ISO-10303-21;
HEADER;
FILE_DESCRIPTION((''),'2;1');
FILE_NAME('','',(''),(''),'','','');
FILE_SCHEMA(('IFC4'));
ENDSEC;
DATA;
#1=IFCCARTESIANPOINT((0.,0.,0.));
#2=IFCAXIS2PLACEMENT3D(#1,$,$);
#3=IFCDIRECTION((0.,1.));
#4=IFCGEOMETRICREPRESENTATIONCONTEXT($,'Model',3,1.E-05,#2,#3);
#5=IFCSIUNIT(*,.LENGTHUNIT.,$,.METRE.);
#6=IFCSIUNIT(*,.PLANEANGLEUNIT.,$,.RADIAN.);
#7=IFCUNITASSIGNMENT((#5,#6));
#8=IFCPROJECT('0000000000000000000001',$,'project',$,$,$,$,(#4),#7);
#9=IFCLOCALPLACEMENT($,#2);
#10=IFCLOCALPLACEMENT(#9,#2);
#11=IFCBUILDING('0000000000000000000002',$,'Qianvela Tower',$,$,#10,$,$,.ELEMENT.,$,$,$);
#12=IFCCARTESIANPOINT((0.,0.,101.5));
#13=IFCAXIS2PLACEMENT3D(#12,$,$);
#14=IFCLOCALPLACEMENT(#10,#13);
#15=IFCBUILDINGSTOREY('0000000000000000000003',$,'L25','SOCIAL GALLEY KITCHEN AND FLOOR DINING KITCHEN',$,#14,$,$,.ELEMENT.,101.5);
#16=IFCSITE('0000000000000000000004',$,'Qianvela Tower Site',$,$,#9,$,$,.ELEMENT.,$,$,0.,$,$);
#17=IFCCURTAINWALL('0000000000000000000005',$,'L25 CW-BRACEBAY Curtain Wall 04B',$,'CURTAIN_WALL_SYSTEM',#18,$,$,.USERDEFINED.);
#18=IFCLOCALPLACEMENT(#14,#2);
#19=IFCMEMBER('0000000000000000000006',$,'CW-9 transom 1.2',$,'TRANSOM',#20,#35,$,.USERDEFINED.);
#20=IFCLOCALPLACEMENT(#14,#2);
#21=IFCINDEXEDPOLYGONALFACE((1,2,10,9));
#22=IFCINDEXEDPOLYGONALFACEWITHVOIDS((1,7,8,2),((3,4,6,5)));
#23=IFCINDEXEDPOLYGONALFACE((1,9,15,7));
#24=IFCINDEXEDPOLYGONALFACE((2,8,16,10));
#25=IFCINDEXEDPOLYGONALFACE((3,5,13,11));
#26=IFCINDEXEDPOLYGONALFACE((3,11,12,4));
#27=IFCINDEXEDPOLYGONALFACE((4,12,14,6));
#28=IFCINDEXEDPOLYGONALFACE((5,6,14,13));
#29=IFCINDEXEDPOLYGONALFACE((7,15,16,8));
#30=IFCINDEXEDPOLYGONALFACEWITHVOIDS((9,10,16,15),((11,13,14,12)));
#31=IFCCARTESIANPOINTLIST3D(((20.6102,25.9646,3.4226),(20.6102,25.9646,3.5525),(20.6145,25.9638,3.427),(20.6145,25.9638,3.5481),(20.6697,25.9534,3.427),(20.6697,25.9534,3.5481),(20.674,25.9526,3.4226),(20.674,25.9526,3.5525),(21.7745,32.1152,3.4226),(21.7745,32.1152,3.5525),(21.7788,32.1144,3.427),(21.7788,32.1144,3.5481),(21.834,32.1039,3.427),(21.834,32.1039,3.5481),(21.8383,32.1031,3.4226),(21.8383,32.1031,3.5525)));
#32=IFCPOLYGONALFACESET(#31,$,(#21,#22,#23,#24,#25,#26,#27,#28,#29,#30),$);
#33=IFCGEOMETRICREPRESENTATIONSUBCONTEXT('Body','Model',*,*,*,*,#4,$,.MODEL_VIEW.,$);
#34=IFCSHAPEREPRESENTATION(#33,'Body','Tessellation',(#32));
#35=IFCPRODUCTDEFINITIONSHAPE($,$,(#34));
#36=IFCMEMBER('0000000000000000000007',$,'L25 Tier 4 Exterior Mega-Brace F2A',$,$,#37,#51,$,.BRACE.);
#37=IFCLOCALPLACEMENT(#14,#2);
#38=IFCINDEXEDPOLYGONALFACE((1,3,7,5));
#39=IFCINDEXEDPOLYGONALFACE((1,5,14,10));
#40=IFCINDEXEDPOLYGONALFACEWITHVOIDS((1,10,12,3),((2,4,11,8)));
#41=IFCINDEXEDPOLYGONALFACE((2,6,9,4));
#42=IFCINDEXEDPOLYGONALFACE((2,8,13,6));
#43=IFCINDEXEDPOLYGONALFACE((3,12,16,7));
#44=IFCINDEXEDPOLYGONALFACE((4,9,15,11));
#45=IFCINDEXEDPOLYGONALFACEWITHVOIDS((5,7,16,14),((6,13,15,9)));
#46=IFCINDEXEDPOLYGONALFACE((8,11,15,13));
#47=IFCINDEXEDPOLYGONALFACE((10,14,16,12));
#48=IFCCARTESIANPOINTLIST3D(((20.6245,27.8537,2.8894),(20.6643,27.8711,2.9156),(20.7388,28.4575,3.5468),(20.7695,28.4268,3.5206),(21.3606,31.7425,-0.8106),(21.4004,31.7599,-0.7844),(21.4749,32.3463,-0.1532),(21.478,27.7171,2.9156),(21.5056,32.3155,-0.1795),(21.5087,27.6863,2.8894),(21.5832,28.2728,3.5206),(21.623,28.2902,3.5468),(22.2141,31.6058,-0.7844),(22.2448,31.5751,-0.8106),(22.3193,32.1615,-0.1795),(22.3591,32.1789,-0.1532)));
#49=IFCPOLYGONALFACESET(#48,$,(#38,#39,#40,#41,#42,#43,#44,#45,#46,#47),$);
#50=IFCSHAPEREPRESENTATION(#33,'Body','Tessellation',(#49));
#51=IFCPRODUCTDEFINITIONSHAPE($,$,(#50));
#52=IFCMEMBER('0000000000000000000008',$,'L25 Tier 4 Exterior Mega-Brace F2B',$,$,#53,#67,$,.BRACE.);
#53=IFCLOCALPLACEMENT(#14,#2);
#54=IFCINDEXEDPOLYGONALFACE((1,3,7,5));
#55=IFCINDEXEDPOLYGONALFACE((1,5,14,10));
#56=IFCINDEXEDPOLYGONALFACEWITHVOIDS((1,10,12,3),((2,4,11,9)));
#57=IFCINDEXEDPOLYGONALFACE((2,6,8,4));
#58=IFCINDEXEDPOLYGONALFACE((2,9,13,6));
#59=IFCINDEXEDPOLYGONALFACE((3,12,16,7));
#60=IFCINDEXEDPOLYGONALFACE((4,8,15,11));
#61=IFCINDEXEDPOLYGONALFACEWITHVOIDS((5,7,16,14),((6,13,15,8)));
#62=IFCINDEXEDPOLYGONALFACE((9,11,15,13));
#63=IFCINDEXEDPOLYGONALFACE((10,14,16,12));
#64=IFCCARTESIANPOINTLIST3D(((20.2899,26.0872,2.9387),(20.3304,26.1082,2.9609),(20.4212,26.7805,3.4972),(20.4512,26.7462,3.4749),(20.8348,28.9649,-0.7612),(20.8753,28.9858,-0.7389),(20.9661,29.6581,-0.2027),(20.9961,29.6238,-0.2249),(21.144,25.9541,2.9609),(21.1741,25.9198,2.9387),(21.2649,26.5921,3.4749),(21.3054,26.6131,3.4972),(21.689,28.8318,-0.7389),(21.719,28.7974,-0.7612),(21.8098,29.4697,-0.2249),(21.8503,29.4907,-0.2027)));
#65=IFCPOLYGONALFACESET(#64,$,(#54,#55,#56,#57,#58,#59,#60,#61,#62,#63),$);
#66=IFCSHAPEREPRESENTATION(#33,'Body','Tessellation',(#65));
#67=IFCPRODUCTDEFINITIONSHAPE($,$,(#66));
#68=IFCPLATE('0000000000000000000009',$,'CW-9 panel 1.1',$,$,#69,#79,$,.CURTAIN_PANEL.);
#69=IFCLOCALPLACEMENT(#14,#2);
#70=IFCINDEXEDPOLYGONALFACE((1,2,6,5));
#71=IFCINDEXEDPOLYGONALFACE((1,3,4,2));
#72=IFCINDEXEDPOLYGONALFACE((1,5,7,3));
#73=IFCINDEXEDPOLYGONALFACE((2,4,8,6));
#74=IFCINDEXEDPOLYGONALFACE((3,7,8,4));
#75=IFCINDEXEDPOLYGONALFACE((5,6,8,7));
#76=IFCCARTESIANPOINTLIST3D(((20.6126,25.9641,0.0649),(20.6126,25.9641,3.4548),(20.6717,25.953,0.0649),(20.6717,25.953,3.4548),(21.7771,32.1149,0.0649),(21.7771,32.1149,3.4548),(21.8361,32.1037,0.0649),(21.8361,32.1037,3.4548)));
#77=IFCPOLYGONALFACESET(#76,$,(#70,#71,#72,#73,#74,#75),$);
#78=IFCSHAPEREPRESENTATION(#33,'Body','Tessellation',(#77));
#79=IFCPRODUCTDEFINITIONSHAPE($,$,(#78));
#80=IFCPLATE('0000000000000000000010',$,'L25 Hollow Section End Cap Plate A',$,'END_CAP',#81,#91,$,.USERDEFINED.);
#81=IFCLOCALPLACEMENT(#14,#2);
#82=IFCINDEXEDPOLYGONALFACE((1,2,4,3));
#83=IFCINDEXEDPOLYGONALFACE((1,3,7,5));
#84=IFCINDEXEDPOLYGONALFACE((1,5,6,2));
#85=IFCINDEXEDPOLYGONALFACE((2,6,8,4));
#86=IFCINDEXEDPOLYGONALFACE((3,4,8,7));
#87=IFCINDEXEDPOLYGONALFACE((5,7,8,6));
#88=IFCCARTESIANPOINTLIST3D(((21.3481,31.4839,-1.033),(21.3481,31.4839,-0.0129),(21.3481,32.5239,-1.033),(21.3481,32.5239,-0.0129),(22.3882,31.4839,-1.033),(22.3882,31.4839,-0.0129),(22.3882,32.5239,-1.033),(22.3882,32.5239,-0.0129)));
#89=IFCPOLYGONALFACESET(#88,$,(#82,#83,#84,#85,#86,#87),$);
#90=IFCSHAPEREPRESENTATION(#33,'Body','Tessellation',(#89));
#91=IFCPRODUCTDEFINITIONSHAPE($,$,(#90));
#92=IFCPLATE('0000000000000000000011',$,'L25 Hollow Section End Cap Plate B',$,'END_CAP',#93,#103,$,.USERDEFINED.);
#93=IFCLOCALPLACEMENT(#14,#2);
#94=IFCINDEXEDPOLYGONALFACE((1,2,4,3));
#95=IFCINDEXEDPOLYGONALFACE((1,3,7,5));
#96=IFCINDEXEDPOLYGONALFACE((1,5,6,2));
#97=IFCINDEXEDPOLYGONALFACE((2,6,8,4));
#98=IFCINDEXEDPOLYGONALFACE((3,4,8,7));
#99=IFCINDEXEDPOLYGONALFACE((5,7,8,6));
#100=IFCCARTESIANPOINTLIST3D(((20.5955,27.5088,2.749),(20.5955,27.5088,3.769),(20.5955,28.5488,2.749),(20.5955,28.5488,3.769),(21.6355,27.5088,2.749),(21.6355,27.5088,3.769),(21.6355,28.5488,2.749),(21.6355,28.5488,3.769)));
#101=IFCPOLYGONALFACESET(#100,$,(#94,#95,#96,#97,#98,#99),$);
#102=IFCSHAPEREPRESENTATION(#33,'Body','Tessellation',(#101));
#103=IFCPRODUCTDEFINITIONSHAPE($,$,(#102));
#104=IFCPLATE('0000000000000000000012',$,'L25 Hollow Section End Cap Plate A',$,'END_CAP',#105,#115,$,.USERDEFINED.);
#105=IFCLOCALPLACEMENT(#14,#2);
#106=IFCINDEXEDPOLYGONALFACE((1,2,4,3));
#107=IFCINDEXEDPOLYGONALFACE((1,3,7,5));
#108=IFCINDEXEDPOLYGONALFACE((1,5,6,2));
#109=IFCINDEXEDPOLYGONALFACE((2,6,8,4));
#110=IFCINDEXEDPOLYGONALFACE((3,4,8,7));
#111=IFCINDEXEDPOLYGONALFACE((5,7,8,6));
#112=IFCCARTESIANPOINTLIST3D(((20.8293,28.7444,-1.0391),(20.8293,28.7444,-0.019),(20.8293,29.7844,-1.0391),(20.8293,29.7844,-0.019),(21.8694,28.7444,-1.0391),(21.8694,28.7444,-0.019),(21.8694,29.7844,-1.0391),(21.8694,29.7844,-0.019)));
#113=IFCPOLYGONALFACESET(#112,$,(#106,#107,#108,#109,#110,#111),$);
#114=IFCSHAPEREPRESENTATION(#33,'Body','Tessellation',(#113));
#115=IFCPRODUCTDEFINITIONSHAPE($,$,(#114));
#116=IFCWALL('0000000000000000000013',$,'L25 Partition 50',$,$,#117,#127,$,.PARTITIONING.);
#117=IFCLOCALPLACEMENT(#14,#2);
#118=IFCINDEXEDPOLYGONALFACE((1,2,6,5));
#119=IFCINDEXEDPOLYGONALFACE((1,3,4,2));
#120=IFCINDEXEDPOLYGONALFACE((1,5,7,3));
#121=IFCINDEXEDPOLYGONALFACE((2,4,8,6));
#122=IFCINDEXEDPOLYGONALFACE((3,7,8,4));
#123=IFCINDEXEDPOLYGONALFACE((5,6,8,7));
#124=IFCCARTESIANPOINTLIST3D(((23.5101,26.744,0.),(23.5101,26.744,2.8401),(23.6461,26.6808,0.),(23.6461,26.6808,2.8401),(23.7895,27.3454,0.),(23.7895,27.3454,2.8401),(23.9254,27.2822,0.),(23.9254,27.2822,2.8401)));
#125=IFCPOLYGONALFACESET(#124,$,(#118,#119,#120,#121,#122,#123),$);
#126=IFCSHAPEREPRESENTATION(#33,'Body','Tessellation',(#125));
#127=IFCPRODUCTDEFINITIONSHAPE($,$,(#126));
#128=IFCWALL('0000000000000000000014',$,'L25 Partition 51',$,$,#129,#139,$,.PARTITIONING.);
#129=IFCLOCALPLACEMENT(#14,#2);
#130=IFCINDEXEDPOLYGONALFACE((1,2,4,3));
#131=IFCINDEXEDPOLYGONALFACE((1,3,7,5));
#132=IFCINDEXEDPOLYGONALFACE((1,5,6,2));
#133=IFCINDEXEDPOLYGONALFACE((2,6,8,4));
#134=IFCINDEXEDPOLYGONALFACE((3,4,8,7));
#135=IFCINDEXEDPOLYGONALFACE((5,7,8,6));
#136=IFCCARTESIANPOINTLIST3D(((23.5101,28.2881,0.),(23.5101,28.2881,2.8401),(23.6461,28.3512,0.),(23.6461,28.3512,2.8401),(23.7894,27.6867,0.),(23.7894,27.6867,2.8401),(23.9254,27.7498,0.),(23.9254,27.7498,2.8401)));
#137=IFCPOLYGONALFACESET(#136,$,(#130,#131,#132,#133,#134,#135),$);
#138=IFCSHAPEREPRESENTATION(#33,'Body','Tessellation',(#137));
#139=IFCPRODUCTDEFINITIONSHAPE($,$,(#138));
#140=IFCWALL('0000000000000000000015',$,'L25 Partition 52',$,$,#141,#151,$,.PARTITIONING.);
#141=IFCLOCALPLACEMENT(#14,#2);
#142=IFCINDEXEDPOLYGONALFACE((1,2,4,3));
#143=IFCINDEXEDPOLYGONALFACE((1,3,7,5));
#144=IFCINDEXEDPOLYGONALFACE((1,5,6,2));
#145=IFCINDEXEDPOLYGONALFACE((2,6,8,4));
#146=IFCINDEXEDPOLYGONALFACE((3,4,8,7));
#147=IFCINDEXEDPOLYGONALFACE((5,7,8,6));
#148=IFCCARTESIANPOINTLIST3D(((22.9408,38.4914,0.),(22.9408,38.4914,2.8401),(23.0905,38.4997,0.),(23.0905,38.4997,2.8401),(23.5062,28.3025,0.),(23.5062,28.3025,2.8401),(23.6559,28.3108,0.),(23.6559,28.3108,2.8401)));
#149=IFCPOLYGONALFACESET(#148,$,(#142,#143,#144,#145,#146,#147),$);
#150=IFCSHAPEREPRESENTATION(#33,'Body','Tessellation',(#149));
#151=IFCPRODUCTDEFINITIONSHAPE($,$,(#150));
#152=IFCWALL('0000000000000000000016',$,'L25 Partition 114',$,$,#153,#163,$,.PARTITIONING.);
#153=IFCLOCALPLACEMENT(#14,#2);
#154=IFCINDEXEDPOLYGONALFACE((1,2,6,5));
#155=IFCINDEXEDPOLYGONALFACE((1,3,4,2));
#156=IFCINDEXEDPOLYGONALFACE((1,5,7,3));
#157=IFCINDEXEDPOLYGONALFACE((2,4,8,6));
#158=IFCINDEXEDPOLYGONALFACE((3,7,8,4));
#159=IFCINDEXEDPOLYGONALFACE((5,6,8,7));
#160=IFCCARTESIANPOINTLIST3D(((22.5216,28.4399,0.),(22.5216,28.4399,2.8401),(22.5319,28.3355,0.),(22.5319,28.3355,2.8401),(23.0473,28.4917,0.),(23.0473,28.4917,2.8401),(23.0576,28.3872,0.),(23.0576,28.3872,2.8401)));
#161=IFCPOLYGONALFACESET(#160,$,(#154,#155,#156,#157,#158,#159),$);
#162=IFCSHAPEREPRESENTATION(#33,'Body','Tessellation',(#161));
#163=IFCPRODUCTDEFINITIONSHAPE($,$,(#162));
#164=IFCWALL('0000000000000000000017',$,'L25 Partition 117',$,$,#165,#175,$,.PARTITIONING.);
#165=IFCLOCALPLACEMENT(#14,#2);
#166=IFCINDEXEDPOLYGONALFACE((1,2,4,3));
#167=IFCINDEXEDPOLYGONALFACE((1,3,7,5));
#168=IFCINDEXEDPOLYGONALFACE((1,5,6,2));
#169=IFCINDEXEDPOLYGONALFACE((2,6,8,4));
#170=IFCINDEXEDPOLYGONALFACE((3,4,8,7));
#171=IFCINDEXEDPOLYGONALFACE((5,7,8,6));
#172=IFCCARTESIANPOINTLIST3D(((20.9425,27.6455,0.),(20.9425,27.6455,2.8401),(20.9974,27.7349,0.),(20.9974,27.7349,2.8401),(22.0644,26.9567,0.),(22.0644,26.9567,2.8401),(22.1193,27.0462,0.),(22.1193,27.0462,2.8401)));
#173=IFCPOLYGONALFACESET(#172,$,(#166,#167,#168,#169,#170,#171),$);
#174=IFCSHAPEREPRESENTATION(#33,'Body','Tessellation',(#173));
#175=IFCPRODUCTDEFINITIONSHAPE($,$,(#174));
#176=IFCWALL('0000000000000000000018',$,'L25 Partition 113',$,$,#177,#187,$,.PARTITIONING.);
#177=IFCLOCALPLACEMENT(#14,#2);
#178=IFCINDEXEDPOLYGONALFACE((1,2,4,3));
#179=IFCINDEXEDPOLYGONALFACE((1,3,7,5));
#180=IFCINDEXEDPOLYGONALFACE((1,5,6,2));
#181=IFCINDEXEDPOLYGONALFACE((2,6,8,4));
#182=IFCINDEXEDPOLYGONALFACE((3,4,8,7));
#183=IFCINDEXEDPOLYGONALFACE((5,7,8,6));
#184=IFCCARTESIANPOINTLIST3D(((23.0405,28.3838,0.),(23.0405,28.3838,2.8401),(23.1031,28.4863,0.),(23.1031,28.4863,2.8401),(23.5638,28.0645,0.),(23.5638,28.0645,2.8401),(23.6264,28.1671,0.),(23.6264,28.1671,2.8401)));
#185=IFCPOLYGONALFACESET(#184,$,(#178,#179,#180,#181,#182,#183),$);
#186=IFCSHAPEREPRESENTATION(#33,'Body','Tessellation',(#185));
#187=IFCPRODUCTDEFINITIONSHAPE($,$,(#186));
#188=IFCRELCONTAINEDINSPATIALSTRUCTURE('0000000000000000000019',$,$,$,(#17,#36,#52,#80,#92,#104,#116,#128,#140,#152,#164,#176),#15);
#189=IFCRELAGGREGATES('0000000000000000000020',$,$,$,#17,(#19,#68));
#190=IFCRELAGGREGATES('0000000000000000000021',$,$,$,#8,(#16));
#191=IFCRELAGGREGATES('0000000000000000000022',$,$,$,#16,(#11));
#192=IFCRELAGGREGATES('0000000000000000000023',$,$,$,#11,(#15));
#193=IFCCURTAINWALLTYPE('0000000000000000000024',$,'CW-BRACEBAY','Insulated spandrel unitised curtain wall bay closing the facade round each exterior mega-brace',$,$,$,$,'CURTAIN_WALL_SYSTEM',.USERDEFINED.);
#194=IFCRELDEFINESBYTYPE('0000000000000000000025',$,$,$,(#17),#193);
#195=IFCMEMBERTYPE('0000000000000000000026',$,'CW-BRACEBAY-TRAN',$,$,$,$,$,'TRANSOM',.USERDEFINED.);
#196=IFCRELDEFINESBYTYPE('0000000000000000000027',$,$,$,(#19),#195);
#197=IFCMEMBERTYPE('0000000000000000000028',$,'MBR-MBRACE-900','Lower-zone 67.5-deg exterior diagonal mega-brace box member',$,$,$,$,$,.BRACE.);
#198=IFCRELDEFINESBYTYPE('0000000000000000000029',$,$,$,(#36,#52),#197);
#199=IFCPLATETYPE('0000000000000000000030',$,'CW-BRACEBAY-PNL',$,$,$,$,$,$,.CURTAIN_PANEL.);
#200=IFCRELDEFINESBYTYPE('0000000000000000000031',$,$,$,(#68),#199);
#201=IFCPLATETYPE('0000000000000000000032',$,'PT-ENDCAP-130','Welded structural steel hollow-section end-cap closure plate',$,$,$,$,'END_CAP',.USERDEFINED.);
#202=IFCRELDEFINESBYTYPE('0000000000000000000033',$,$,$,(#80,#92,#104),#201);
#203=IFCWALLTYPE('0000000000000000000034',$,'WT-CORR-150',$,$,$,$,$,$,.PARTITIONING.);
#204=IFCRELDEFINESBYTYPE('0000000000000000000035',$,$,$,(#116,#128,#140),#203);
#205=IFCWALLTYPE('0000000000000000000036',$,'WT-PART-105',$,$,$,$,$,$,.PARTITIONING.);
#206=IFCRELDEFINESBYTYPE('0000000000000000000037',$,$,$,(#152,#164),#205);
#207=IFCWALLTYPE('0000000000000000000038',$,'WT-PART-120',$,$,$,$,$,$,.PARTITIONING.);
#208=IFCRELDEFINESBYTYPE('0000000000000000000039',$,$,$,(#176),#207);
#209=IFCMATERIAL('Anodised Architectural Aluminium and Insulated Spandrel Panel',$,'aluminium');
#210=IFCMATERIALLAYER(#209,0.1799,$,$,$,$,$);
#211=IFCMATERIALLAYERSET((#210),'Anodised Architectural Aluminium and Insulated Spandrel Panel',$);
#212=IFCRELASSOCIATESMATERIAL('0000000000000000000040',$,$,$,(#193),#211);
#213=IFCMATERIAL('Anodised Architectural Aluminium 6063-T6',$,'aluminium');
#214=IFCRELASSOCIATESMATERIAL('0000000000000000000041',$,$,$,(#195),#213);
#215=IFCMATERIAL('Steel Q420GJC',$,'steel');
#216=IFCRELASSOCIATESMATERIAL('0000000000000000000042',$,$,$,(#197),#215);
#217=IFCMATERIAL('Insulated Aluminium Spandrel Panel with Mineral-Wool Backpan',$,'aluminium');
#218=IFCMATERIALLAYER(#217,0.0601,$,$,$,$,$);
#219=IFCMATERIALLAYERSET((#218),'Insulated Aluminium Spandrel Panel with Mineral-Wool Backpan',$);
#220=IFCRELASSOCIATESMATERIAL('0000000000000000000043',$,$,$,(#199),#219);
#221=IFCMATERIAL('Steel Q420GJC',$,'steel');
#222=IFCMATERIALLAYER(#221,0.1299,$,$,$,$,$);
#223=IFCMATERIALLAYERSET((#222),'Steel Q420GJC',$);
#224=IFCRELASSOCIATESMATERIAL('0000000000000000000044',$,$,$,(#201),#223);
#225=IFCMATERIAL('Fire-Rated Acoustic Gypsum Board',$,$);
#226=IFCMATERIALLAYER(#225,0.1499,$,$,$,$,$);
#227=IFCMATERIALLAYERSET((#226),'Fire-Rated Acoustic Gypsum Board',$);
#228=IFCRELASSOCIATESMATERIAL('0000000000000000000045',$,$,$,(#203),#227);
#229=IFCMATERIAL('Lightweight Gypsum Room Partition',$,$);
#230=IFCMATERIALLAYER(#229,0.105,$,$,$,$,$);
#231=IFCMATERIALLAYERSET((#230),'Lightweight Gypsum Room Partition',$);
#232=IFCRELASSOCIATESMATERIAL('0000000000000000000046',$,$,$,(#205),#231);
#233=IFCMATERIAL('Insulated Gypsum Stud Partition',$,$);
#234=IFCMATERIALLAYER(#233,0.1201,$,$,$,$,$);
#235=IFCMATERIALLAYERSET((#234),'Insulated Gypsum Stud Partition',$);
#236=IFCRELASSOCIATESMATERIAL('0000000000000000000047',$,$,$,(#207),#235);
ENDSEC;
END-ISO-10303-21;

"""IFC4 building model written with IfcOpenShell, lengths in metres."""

from ifc_helpers import new_model, si_unit, direction, frame, frame_2d, origin, origin_2d, place, context, subcontext, project, spatial, rectangle, hollow_rectangle, extrude, material, layer, layer_set, material_profile, profile_set, type_object, element, aggregate, save


model = new_model("IFC4")

# Units and contexts
model_context = context("Model", 3, precision=1e-05, world=origin(), true_north=direction((0.0, 1.0)))
body_context = subcontext(model_context, "Body", "Model", "MODEL_VIEW")
ifc_project = project(units=[si_unit("LENGTHUNIT", "METRE"), si_unit("PLANEANGLEUNIT", "RADIAN")], contexts=[model_context])

# Site, building, storey
site_placement = place(None, origin())
site = spatial("IfcSite", under=ifc_project, at=site_placement, Name="Qianvela Tower Site", CompositionType="ELEMENT", RefElevation=0.0)
building_placement = place(site_placement, origin())
building = spatial("IfcBuilding", under=site, at=building_placement, Name="Qianvela Tower", CompositionType="ELEMENT")
storey_placement = place(building_placement, frame((0.0, 0.0, 101.5)))
storey = spatial("IfcBuildingStorey", under=building, at=storey_placement, Name="L25", Description="SOCIAL GALLEY KITCHEN AND FLOOR DINING KITCHEN", CompositionType="ELEMENT", Elevation=101.5)

# Curtain wall, member
ifc_material_1 = material(Name="Anodised Architectural Aluminium and Insulated Spandrel Panel", Category="aluminium")
ifc_layer_1 = layer(ifc_material_1, 0.1799)
ifc_layer_set_1 = layer_set([ifc_layer_1], Name="Anodised Architectural Aluminium and Insulated Spandrel Panel")
curtain_wall_type = type_object("IfcCurtainWallType", Name="CW-BRACEBAY", Description="Insulated spandrel unitised curtain wall bay closing the facade round each exterior mega-brace", ElementType="CURTAIN_WALL_SYSTEM", PredefinedType="USERDEFINED", material=ifc_layer_set_1)
curtain_wall_placement = place(storey_placement, origin())
curtain_wall = element("IfcCurtainWall", 1, at=curtain_wall_placement, inside=storey, type_object=curtain_wall_type, Name="L25 CW-BRACEBAY Curtain Wall 04B", ObjectType="CURTAIN_WALL_SYSTEM", PredefinedType="USERDEFINED")
ifc_material_2 = material(Name="Anodised Architectural Aluminium 6063-T6", Category="aluminium")
ifc_material_profile_1 = material_profile(ifc_material_2, hollow_rectangle(XDim=0.0649, YDim=0.1299, WallThickness=0.0044, at=origin_2d()), Name="ALU-TRAN-65x130")
ifc_profile_set_1 = profile_set([ifc_material_profile_1], Name="Anodised Architectural Aluminium 6063-T6")
member_type_1 = type_object("IfcMemberType", Name="CW-BRACEBAY-TRAN", ElementType="TRANSOM", PredefinedType="USERDEFINED", material=ifc_profile_set_1)
member_1_placement = place(storey_placement, frame((21.8064, 32.1091, 3.4875), z_axis=(-0.185995, -0.982551, 0.0), x_axis=(0.982551, -0.185995, 0.0)))
member_1 = element("IfcMember", 2, at=member_1_placement, type_object=member_type_1, Name="CW-9 transom 1.2", ObjectType="TRANSOM", PredefinedType="USERDEFINED", context=body_context, shape_type="SweptSolid", body=[
    extrude(hollow_rectangle(XDim=0.0649, YDim=0.1299, WallThickness=0.0044, at=origin_2d()), origin(), (0.0, 0.0, 1.0), 6.2598),
])

# Members
ifc_material_3 = material(Name="Steel Q420GJC", Category="steel")
ifc_material_profile_2 = material_profile(ifc_material_3, hollow_rectangle(XDim=0.8999, YDim=0.8999, WallThickness=0.0359, at=origin_2d()), Name="MBOX-900x900x36")
ifc_profile_set_2 = profile_set([ifc_material_profile_2], Name="Steel Q420GJC")
member_type_2 = type_object("IfcMemberType", Name="MBR-MBRACE-900", Description="Lower-zone 67.5-deg exterior diagonal mega-brace box member", PredefinedType="BRACE", material=ifc_profile_set_2)
member_2_placement = place(storey_placement, frame((21.8599, 31.9607, -0.4819), z_axis=(-0.135862, -0.71775, 0.682917), x_axis=(0.982552, -0.185987, 0.0)))
element("IfcMember", 3, at=member_2_placement, inside=storey, type_object=member_type_2, Name="L25 Tier 4 Exterior Mega-Brace F2A", PredefinedType="BRACE", context=body_context, shape_type="SweptSolid", body=[
    extrude(hollow_rectangle(XDim=0.8999, YDim=0.8999, WallThickness=0.0359, at=origin_2d()), origin(), (0.0, 0.0, 1.0), 5.418),
])
member_3_placement = place(storey_placement, frame((21.3425, 29.2278, -0.4819), z_axis=(-0.115477, -0.609826, 0.784077), x_axis=(0.982539, -0.186055, 0.0)))
element("IfcMember", 4, at=member_3_placement, inside=storey, type_object=member_type_2, Name="L25 Tier 4 Exterior Mega-Brace F2B", PredefinedType="BRACE", context=body_context, shape_type="SweptSolid", body=[
    extrude(hollow_rectangle(XDim=0.8999, YDim=0.8999, WallThickness=0.0359, at=origin_2d()), origin(), (0.0, 0.0, 1.0), 4.7188),
])

# Plate
ifc_material_4 = material(Name="Insulated Aluminium Spandrel Panel with Mineral-Wool Backpan", Category="aluminium")
ifc_layer_2 = layer(ifc_material_4, 0.0601)
ifc_layer_set_2 = layer_set([ifc_layer_2], Name="Insulated Aluminium Spandrel Panel with Mineral-Wool Backpan")
plate_type_1 = type_object("IfcPlateType", Name="CW-BRACEBAY-PNL", PredefinedType="CURTAIN_PANEL", material=ifc_layer_set_2)
plate_placement = place(storey_placement, frame((21.2244, 29.0339, 0.0649), z_axis=(0.0, 0.0, 1.0), x_axis=(-0.186012, -0.982548, 0.0)))
plate = element("IfcPlate", 5, at=plate_placement, type_object=plate_type_1, Name="CW-9 panel 1.1", PredefinedType="CURTAIN_PANEL", context=body_context, shape_type="SweptSolid", body=[
    extrude(rectangle(XDim=6.26, YDim=0.0601, at=origin_2d()), origin(), (0.0, 0.0, 1.0), 3.3899),
])
aggregate(curtain_wall, [member_1, plate])

# Plates
ifc_material_5 = material(Name="Steel Q420GJC", Category="steel")
ifc_layer_3 = layer(ifc_material_5, 0.1299)
ifc_layer_set_3 = layer_set([ifc_layer_3], Name="Steel Q420GJC")
plate_type_2 = type_object("IfcPlateType", Name="PT-ENDCAP-130", Description="Welded structural steel hollow-section end-cap closure plate", ElementType="END_CAP", PredefinedType="USERDEFINED", material=ifc_layer_set_3)
for number, where, z_axis, x_axis, name in (
    (6, (21.8682, 32.0039, -1.033), (0.0, 0.0, 1.0), (1.0, 0.0, 0.0), "L25 Hollow Section End Cap Plate A"),
    (7, (21.1155, 28.0288, 2.749), (0.0, 0.0, 1.0), (1.0, 0.0, 0.0), "L25 Hollow Section End Cap Plate B"),
    (8, (21.3494, 29.2644, -1.0391), (0.0, 0.0, 1.0), (1.0, 0.0, 0.0), "L25 Hollow Section End Cap Plate A"),
):
    element("IfcPlate", number, at=place(storey_placement, frame(where, z_axis=z_axis, x_axis=x_axis)), inside=storey, type_object=plate_type_2, Name=name, ObjectType="END_CAP", PredefinedType="USERDEFINED", context=body_context, shape_type="SweptSolid", body=[
        extrude(rectangle(XDim=1.04, YDim=1.04, at=origin_2d()), origin(), (0.0, 0.0, 1.0), 1.02),
    ])

# Walls
ifc_material_6 = material(Name="Fire-Rated Acoustic Gypsum Board")
ifc_layer_4 = layer(ifc_material_6, 0.1499)
ifc_layer_set_4 = layer_set([ifc_layer_4], Name="Fire-Rated Acoustic Gypsum Board")
wall_type_1 = type_object("IfcWallType", Name="WT-CORR-150", PredefinedType="PARTITIONING", material=ifc_layer_set_4)
for number, where, z_axis, x_axis, name in (
    (9, (23.5781, 26.7124, 0.0), (0.0, 0.0, 1.0), (0.421252, 0.906944, 0.0), "L25 Partition 50"),
    (10, (23.8574, 27.7183, 0.0), (0.0, 0.0, 1.0), (-0.421252, 0.906944, 0.0), "L25 Partition 51"),
):
    element("IfcWall", number, at=place(storey_placement, frame(where, z_axis=z_axis, x_axis=x_axis)), inside=storey, type_object=wall_type_1, Name=name, PredefinedType="PARTITIONING", context=body_context, shape_type="SweptSolid", body=[
        extrude(rectangle(XDim=0.6631, YDim=0.1499, at=frame_2d((0.3315, 0.0))), origin(), (0.0, 0.0, 1.0), 2.8401),
    ])
wall_1_placement = place(storey_placement, frame((23.5811, 28.3066, 0.0), z_axis=(0.0, 0.0, 1.0), x_axis=(-0.055409, 0.998464, 0.0)))
element("IfcWall", 11, at=wall_1_placement, inside=storey, type_object=wall_type_1, Name="L25 Partition 52", PredefinedType="PARTITIONING", context=body_context, shape_type="SweptSolid", body=[
    extrude(rectangle(XDim=10.2046, YDim=0.1499, at=frame_2d((5.1023, 0.0))), origin(), (0.0, 0.0, 1.0), 2.8401),
])
ifc_material_7 = material(Name="Lightweight Gypsum Room Partition")
ifc_layer_5 = layer(ifc_material_7, 0.105)
ifc_layer_set_5 = layer_set([ifc_layer_5], Name="Lightweight Gypsum Room Partition")
wall_type_2 = type_object("IfcWallType", Name="WT-PART-105", PredefinedType="PARTITIONING", material=ifc_layer_set_5)
wall_2_placement = place(storey_placement, frame((23.0525, 28.4395, 0.0), z_axis=(0.0, 0.0, 1.0), x_axis=(-0.995192, -0.097948, 0.0)))
element("IfcWall", 12, at=wall_2_placement, inside=storey, type_object=wall_type_2, Name="L25 Partition 114", PredefinedType="PARTITIONING", context=body_context, shape_type="SweptSolid", body=[
    extrude(rectangle(XDim=0.5283, YDim=0.105, at=frame_2d((0.2642, 0.0))), origin(), (0.0, 0.0, 1.0), 2.8401),
])
wall_3_placement = place(storey_placement, frame((20.97, 27.6902, 0.0), z_axis=(0.0, 0.0, 1.0), x_axis=(0.852212, -0.523197, 0.0)))
element("IfcWall", 13, at=wall_3_placement, inside=storey, type_object=wall_type_2, Name="L25 Partition 117", PredefinedType="PARTITIONING", context=body_context, shape_type="SweptSolid", body=[
    extrude(rectangle(XDim=1.3164, YDim=0.105, at=frame_2d((0.6582, 0.0))), origin(), (0.0, 0.0, 1.0), 2.8401),
])
ifc_material_8 = material(Name="Insulated Gypsum Stud Partition")
ifc_layer_6 = layer(ifc_material_8, 0.1201)
ifc_layer_set_6 = layer_set([ifc_layer_6], Name="Insulated Gypsum Stud Partition")
wall_type_3 = type_object("IfcWallType", Name="WT-PART-120", PredefinedType="PARTITIONING", material=ifc_layer_set_6)
wall_4_placement = place(storey_placement, frame((23.5952, 28.1157, 0.0), z_axis=(0.0, 0.0, 1.0), x_axis=(-0.853675, 0.520806, 0.0)))
element("IfcWall", 14, at=wall_4_placement, inside=storey, type_object=wall_type_3, Name="L25 Partition 113", PredefinedType="PARTITIONING", context=body_context, shape_type="SweptSolid", body=[
    extrude(rectangle(XDim=0.613, YDim=0.1201, at=frame_2d((0.3066, 0.0))), origin(), (0.0, 0.0, 1.0), 2.8401),
])

save(model, "model.ifc")
